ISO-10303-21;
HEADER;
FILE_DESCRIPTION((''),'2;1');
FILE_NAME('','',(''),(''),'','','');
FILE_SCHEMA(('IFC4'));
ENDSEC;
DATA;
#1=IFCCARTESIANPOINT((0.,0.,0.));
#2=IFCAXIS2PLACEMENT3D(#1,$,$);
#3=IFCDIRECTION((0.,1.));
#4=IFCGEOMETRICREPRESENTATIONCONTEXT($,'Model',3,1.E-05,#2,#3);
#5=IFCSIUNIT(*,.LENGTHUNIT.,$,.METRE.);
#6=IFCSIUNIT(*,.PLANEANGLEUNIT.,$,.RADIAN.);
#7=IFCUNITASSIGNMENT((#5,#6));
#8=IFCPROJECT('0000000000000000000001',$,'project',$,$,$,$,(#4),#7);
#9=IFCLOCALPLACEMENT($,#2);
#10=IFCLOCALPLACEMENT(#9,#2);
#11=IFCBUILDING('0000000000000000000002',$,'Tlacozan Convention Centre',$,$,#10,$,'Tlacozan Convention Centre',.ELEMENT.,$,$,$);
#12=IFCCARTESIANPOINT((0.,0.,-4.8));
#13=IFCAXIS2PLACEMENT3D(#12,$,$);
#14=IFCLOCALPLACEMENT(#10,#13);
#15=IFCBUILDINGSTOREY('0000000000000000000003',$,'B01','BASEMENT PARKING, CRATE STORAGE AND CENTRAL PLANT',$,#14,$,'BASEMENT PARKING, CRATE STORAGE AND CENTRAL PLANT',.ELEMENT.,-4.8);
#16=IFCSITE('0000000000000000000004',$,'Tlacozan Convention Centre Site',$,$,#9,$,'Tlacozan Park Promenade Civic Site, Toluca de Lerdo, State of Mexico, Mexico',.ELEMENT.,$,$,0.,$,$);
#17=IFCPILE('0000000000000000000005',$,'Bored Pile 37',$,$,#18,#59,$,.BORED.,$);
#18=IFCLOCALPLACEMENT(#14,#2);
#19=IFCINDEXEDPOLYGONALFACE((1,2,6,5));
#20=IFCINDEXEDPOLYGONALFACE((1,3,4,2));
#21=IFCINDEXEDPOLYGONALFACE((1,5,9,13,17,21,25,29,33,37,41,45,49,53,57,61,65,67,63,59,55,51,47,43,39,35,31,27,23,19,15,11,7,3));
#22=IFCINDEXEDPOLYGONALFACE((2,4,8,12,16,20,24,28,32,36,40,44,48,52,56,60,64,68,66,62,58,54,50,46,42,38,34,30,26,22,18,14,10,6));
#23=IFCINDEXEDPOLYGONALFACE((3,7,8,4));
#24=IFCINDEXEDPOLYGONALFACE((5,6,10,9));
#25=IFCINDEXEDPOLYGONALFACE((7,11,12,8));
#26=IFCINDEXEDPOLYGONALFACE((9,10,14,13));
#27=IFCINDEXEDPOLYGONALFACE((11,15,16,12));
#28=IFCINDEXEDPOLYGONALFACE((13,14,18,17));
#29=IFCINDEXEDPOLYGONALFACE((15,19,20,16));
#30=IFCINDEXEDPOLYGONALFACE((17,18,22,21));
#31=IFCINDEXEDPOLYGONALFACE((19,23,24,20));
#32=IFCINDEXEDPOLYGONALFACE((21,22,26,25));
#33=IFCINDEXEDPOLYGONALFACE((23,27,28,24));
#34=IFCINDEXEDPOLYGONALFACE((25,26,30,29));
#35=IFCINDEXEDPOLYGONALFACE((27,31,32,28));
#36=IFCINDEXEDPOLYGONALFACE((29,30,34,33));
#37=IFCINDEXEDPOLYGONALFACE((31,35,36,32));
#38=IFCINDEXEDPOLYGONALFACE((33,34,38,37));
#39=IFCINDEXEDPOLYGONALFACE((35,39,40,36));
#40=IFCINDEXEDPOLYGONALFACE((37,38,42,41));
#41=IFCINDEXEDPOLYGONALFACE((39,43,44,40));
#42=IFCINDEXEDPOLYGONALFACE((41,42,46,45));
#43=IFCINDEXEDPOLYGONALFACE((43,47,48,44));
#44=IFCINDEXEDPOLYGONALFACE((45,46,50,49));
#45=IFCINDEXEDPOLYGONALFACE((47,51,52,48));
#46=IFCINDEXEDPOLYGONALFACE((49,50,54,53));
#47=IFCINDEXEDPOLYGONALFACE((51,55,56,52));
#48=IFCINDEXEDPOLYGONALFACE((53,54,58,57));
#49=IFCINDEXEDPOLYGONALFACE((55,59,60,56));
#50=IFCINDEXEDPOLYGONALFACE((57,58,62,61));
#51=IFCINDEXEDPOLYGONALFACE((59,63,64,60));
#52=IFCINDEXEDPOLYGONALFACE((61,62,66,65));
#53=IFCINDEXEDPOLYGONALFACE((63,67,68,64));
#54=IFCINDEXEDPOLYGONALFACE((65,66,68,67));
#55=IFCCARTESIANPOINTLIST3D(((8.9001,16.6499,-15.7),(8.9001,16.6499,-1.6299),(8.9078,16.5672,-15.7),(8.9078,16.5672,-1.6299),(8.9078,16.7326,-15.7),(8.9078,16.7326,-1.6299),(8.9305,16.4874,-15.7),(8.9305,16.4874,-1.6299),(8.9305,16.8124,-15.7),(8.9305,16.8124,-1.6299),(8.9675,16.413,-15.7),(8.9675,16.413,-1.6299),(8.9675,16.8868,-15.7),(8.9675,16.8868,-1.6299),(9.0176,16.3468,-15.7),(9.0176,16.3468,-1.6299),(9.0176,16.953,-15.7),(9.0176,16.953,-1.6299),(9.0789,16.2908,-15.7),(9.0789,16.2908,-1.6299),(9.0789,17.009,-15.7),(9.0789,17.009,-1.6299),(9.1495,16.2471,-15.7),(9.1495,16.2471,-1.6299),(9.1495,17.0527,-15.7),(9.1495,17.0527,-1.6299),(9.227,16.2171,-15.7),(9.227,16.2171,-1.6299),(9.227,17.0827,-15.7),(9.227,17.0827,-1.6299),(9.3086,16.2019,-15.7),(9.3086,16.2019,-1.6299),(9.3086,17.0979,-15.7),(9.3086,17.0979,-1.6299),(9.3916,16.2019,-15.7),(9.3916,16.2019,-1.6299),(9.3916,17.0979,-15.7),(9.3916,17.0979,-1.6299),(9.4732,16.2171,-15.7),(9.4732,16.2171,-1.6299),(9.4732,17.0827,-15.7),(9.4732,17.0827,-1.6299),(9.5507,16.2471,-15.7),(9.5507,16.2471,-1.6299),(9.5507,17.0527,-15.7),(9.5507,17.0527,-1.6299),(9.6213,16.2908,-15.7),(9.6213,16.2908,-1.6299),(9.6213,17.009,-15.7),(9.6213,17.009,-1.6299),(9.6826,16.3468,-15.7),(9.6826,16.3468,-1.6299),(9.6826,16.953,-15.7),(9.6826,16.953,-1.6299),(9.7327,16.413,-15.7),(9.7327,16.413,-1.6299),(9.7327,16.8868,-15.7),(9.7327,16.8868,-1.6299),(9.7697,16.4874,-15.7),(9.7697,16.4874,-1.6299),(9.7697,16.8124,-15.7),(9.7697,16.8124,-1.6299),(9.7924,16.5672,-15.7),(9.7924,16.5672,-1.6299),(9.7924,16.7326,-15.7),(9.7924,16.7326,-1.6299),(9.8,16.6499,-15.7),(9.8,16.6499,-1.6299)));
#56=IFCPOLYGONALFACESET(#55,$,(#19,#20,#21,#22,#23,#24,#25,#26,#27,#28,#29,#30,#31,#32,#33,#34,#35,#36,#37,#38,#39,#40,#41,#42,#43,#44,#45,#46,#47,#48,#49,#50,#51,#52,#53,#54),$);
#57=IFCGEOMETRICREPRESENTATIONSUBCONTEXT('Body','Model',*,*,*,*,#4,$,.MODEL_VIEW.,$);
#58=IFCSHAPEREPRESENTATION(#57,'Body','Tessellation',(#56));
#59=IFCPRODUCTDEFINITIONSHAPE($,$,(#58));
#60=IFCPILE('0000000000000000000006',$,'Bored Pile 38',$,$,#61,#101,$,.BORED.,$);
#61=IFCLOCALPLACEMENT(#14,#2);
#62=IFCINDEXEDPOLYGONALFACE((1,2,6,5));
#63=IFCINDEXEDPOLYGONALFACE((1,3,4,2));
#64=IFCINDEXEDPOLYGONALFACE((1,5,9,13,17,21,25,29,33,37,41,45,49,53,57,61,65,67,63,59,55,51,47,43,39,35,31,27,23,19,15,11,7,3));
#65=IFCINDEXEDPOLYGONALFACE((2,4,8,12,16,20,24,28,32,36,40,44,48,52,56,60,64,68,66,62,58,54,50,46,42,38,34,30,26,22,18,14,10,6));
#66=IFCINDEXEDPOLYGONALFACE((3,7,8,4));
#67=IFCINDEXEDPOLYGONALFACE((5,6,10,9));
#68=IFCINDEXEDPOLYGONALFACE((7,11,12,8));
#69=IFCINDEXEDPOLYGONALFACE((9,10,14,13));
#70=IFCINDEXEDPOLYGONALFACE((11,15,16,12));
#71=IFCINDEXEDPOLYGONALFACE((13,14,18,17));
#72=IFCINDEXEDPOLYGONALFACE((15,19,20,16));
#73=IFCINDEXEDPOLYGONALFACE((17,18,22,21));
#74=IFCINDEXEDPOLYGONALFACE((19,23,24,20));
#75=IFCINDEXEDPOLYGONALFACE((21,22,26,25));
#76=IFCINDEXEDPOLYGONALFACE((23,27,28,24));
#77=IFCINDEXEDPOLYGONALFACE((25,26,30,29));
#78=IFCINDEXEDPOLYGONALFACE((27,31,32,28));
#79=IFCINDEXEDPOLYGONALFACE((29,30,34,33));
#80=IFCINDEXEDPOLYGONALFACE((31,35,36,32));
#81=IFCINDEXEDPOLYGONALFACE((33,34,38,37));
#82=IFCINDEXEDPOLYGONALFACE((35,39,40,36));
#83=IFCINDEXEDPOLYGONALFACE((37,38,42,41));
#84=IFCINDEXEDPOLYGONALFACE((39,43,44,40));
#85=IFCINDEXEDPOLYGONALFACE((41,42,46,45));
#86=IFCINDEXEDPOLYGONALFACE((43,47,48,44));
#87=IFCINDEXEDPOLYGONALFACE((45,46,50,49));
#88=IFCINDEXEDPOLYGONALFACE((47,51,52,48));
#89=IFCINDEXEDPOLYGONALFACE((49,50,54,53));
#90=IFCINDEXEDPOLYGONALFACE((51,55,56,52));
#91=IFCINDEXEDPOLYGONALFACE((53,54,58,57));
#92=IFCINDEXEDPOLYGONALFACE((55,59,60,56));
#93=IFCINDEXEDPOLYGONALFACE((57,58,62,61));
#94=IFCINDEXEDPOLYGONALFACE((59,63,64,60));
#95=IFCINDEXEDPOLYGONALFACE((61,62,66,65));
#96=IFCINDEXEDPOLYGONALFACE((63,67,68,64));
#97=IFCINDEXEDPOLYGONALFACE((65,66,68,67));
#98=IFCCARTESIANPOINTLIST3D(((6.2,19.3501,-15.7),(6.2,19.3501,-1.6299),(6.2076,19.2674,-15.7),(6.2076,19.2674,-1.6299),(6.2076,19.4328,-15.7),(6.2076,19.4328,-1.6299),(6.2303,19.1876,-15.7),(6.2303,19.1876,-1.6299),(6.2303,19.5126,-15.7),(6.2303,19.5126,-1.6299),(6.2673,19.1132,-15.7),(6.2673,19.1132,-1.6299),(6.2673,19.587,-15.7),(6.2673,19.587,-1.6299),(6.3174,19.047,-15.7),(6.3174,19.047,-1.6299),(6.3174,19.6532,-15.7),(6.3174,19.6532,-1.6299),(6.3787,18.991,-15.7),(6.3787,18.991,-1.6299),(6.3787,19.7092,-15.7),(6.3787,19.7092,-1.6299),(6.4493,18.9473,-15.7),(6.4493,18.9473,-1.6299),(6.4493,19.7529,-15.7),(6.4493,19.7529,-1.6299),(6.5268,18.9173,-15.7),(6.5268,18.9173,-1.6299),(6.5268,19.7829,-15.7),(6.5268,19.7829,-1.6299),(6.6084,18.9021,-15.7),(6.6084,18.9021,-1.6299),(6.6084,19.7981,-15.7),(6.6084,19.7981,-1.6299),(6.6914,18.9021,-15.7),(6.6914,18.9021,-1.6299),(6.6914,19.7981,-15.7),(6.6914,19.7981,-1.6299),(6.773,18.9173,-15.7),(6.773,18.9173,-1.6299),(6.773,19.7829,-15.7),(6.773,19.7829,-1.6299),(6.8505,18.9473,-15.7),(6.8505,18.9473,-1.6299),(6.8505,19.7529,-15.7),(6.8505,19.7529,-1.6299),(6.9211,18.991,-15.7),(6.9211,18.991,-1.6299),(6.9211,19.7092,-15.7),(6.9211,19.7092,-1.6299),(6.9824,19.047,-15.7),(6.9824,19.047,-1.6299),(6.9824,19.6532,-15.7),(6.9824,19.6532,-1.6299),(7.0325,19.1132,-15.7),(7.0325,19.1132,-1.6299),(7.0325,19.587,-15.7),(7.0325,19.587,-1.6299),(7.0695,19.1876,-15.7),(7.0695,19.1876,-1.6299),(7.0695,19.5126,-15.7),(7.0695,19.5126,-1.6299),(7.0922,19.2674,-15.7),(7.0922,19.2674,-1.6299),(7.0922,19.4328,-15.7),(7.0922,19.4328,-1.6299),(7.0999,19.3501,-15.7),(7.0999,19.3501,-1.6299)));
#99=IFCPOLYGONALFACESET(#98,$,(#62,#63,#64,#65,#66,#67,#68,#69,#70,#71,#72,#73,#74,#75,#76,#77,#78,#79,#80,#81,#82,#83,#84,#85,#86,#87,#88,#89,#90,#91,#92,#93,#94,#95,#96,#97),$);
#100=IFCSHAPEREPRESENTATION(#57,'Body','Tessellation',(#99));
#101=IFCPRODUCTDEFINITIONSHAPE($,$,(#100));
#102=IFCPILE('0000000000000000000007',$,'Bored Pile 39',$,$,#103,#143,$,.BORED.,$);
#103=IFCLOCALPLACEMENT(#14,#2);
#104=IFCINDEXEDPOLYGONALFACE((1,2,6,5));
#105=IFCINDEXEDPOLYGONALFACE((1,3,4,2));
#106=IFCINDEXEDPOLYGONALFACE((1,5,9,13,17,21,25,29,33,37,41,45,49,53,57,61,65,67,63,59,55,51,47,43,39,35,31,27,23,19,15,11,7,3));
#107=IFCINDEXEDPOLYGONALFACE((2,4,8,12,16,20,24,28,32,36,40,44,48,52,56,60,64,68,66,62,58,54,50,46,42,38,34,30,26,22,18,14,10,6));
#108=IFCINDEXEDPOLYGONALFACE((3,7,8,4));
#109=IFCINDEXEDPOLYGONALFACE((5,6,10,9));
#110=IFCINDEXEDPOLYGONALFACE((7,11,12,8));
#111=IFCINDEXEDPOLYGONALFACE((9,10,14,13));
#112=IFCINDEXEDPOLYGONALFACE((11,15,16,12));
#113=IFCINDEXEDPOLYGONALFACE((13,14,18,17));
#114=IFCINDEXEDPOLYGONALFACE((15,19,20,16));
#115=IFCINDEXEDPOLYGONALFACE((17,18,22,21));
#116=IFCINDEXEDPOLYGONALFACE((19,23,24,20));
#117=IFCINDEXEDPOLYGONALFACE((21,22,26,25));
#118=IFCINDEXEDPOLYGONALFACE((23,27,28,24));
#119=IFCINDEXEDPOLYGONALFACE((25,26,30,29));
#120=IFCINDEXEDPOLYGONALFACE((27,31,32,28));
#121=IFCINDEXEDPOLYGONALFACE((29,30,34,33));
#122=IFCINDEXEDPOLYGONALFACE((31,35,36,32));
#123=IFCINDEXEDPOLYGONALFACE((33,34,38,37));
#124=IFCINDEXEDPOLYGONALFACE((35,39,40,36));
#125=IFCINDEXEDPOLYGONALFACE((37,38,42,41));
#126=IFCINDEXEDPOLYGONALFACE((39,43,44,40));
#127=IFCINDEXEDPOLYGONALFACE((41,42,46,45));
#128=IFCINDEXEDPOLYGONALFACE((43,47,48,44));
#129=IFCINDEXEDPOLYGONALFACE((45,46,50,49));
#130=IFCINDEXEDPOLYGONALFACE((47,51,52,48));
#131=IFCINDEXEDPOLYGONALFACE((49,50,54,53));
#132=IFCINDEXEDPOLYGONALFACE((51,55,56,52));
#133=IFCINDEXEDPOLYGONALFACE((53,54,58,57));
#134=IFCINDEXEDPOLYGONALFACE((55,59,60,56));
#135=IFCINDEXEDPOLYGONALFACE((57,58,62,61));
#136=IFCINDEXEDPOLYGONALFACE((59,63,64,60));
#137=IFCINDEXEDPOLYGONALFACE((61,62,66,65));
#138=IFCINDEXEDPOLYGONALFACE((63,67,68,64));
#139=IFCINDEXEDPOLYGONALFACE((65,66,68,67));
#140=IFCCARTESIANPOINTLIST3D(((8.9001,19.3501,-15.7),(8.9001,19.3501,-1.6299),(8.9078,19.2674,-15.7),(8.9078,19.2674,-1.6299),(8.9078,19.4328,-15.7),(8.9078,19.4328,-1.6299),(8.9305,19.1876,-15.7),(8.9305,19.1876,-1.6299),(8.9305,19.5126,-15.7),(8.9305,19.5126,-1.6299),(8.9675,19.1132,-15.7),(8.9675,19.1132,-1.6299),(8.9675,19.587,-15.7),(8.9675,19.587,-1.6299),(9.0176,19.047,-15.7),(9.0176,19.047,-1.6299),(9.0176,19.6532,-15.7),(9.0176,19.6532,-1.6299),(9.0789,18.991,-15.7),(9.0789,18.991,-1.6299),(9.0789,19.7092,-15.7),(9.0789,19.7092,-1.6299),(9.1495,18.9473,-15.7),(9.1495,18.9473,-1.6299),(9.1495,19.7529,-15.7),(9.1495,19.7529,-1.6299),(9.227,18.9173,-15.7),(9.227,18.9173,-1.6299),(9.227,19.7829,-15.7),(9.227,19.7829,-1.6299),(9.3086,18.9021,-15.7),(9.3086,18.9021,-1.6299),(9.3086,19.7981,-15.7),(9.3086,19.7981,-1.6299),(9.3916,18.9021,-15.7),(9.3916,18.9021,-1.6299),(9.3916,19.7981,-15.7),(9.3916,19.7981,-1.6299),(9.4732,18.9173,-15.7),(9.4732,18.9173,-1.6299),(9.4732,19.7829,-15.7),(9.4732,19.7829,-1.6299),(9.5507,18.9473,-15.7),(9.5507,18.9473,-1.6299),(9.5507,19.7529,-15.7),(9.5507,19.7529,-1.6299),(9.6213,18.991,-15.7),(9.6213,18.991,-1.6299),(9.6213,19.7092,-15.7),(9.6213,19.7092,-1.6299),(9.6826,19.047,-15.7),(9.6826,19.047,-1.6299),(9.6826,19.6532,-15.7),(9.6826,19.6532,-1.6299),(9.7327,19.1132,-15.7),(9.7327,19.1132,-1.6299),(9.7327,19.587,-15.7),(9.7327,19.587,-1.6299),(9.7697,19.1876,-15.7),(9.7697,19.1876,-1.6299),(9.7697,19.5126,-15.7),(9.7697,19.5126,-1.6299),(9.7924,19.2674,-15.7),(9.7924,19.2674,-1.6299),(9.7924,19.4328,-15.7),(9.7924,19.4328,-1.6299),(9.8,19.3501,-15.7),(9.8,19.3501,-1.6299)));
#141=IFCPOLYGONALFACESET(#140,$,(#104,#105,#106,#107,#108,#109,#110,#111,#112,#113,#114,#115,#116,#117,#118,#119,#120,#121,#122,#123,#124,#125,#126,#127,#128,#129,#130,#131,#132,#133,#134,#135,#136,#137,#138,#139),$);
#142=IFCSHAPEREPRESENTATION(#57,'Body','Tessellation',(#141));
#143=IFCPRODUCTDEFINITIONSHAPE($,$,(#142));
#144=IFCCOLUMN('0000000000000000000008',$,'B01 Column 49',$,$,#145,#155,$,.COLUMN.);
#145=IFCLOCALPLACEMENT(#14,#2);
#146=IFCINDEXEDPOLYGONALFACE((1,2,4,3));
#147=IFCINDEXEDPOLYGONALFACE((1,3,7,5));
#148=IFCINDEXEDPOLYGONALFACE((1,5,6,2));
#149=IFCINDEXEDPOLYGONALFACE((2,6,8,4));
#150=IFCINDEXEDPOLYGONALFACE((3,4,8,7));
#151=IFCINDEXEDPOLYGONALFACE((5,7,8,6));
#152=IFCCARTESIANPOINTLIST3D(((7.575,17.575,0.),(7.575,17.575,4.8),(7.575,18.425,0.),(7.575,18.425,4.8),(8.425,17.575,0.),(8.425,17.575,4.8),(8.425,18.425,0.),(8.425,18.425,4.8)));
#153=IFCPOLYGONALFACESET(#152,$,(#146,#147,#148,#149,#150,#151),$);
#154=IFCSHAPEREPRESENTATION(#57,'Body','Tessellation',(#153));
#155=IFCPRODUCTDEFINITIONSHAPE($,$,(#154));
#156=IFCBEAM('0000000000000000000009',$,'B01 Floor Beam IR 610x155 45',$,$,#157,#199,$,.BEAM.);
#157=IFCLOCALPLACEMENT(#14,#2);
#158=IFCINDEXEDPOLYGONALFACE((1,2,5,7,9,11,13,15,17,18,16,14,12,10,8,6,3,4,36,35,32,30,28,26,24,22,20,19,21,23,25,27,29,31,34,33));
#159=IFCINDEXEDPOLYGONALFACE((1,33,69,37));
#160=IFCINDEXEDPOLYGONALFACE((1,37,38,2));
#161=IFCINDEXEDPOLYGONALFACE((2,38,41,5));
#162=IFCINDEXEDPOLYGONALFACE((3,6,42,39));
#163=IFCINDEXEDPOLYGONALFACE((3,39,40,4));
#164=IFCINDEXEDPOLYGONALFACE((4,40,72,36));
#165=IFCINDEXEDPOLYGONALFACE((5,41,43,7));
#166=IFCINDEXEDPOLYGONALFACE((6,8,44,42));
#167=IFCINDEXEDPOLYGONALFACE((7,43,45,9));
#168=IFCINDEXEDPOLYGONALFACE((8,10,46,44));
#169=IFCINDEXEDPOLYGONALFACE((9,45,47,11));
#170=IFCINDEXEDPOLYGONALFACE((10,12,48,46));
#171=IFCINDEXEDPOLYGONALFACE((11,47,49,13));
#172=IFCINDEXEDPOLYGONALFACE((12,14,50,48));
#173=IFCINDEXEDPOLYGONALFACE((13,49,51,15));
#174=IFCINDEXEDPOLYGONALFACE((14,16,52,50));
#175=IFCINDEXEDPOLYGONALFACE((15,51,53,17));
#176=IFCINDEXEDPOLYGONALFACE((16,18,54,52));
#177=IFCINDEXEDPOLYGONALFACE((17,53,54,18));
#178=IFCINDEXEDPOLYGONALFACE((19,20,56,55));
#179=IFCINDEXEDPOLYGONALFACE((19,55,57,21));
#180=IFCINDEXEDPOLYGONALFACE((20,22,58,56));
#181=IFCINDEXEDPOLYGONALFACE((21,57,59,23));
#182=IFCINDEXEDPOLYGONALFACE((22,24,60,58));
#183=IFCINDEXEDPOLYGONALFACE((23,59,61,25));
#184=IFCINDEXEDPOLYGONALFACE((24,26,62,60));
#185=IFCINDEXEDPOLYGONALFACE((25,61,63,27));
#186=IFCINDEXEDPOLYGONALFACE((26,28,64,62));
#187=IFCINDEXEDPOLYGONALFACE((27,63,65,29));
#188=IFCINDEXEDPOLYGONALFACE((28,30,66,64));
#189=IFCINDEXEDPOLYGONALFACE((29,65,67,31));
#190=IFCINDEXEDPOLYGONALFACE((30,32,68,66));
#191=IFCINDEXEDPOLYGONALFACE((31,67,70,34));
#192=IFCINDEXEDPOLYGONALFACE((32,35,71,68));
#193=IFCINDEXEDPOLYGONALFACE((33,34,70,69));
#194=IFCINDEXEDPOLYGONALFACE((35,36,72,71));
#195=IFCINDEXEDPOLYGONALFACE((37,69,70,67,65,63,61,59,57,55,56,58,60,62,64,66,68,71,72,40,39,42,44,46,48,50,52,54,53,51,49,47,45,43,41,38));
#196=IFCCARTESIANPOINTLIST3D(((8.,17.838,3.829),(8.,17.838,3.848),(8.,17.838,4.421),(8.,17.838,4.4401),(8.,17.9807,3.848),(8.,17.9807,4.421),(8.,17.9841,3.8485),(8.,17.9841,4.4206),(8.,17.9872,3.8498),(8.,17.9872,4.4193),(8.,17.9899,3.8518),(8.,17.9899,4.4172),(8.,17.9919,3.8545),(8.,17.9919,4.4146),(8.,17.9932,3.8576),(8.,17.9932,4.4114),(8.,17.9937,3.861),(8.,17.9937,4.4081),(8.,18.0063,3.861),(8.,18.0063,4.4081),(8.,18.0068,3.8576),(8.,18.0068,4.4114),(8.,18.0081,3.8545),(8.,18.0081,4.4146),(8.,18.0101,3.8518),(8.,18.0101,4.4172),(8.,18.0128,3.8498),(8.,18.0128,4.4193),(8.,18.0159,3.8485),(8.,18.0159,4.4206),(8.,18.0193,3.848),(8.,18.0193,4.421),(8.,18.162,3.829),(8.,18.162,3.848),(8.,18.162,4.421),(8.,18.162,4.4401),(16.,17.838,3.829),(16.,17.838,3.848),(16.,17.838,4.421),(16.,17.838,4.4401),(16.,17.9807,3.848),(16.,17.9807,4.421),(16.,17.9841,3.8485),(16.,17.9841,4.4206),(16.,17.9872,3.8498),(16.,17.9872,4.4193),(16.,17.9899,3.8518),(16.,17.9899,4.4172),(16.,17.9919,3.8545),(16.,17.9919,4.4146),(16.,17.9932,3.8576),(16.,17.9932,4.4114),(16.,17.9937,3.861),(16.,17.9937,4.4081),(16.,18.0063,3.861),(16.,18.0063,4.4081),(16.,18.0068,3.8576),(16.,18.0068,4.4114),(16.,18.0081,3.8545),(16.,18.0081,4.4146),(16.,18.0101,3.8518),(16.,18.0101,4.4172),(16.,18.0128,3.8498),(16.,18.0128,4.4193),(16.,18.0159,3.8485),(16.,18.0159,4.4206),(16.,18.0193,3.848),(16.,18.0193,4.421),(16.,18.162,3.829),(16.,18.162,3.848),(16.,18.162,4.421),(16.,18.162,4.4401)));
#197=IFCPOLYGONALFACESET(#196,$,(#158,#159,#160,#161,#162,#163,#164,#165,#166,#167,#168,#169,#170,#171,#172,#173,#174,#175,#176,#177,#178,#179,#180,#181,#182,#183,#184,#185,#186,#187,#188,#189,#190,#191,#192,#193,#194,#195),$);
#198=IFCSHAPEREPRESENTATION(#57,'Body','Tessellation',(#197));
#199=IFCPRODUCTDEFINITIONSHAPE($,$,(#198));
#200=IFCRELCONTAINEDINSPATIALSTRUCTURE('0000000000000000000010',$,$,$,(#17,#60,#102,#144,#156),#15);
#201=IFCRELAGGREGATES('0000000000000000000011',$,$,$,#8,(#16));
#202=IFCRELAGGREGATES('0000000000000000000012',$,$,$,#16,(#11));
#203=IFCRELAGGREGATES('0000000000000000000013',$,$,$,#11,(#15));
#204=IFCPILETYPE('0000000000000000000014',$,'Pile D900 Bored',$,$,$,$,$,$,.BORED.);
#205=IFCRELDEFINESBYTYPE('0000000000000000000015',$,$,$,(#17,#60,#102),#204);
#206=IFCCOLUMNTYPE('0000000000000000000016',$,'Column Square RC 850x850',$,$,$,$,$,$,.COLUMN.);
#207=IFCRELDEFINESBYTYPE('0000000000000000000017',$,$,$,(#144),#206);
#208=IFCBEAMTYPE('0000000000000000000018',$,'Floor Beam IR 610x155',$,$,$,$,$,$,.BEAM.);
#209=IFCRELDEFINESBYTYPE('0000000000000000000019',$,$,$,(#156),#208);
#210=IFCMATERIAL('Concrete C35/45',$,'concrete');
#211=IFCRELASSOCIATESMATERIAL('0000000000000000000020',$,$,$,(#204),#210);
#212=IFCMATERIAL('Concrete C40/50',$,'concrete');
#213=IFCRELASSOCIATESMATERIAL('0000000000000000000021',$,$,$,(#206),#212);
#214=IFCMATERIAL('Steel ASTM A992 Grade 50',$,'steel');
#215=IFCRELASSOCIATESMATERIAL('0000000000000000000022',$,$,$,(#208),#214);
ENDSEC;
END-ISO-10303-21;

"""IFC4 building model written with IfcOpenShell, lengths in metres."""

from ifc_helpers import new_model, si_unit, direction, frame, origin, origin_2d, place, context, subcontext, project, spatial, rectangle, circle, i_section, extrude, material, material_profile, profile_set, type_object, element, save


model = new_model("IFC4")

# Units and contexts
model_context = context("Model", 3, precision=1e-05, world=origin(), true_north=direction((0.0, 1.0)))
body_context = subcontext(model_context, "Body", "Model", "MODEL_VIEW")
ifc_project = project(units=[si_unit("LENGTHUNIT", "METRE"), si_unit("PLANEANGLEUNIT", "RADIAN")], contexts=[model_context])

# Site, building, storey
site_placement = place(None, origin())
site = spatial("IfcSite", under=ifc_project, at=site_placement, Name="Tlacozan Convention Centre Site", LongName="Tlacozan Park Promenade Civic Site, Toluca de Lerdo, State of Mexico, Mexico", CompositionType="ELEMENT", RefElevation=0.0)
building_placement = place(site_placement, origin())
building = spatial("IfcBuilding", under=site, at=building_placement, Name="Tlacozan Convention Centre", LongName="Tlacozan Convention Centre", CompositionType="ELEMENT")
storey_placement = place(building_placement, frame((0.0, 0.0, -4.8)))
storey = spatial("IfcBuildingStorey", under=building, at=storey_placement, Name="B01", Description="BASEMENT PARKING, CRATE STORAGE AND CENTRAL PLANT", LongName="BASEMENT PARKING, CRATE STORAGE AND CENTRAL PLANT", CompositionType="ELEMENT", Elevation=-4.8)

# Shared definitions
ifc_material_1 = material(Name="Concrete C35/45", Category="concrete")

# Piles
ifc_material_profile_1 = material_profile(ifc_material_1, circle(Radius=0.45, at=origin_2d()), Name="PILE D900")
ifc_profile_set_1 = profile_set([ifc_material_profile_1], Name="Concrete C35/45")
pile_type_1 = type_object("IfcPileType", Name="Pile D900 Bored", PredefinedType="BORED", material=ifc_profile_set_1)
for number, where, z_axis, x_axis, name in (
    (1, (9.3501, 16.6499, -1.6299), (0.0, 0.0, -1.0), (1.0, 0.0, 0.0), "Bored Pile 37"),
    (2, (6.6499, 19.3501, -1.6299), (0.0, 0.0, -1.0), (1.0, 0.0, 0.0), "Bored Pile 38"),
    (3, (9.3501, 19.3501, -1.6299), (0.0, 0.0, -1.0), (1.0, 0.0, 0.0), "Bored Pile 39"),
):
    element("IfcPile", number, at=place(storey_placement, frame(where, z_axis=z_axis, x_axis=x_axis)), inside=storey, type_object=pile_type_1, Name=name, PredefinedType="BORED", context=body_context, shape_type="SweptSolid", body=[
        extrude(circle(Radius=0.45, at=origin_2d()), origin(), (0.0, 0.0, 1.0), 14.0701),
    ])

# Column
ifc_material_2 = material(Name="Concrete C40/50", Category="concrete")
ifc_material_profile_2 = material_profile(ifc_material_2, rectangle(XDim=0.8501, YDim=0.8501, at=origin_2d()), Name="RC 850x850")
ifc_profile_set_2 = profile_set([ifc_material_profile_2], Name="Concrete C40/50")
column_type = type_object("IfcColumnType", Name="Column Square RC 850x850", PredefinedType="COLUMN", material=ifc_profile_set_2)
column_placement = place(storey_placement, frame((8.0, 18.0, 0.0), z_axis=(0.0, 0.0, 1.0), x_axis=(1.0, 0.0, 0.0)))
element("IfcColumn", 4, at=column_placement, inside=storey, type_object=column_type, Name="B01 Column 49", PredefinedType="COLUMN", context=body_context, shape_type="SweptSolid", body=[
    extrude(rectangle(XDim=0.8501, YDim=0.8501, at=origin_2d()), origin(), (0.0, 0.0, 1.0), 4.8),
])

# Beam
ifc_material_3 = material(Name="Steel ASTM A992 Grade 50", Category="steel")
ifc_material_profile_3 = material_profile(ifc_material_3, i_section(OverallWidth=0.324, OverallDepth=0.6111, WebThickness=0.0127, FlangeThickness=0.019, FilletRadius=0.0129, at=origin_2d()), Name="IR 610x155.0")
ifc_profile_set_3 = profile_set([ifc_material_profile_3], Name="Steel ASTM A992 Grade 50")
beam_type_1 = type_object("IfcBeamType", Name="Floor Beam IR 610x155", PredefinedType="BEAM", material=ifc_profile_set_3)
beam_1_placement = place(storey_placement, frame((8.0, 18.0, 4.1345), z_axis=(1.0, 0.0, 0.0), x_axis=(0.0, 1.0, 0.0)))
element("IfcBeam", 5, at=beam_1_placement, inside=storey, type_object=beam_type_1, Name="B01 Floor Beam IR 610x155 45", PredefinedType="BEAM", context=body_context, shape_type="SweptSolid", body=[
    extrude(i_section(OverallWidth=0.324, OverallDepth=0.6111, WebThickness=0.0127, FlangeThickness=0.019, FilletRadius=0.0129, at=origin_2d()), origin(), (0.0, 0.0, 1.0), 8.0),
])

save(model, "model.ifc")
